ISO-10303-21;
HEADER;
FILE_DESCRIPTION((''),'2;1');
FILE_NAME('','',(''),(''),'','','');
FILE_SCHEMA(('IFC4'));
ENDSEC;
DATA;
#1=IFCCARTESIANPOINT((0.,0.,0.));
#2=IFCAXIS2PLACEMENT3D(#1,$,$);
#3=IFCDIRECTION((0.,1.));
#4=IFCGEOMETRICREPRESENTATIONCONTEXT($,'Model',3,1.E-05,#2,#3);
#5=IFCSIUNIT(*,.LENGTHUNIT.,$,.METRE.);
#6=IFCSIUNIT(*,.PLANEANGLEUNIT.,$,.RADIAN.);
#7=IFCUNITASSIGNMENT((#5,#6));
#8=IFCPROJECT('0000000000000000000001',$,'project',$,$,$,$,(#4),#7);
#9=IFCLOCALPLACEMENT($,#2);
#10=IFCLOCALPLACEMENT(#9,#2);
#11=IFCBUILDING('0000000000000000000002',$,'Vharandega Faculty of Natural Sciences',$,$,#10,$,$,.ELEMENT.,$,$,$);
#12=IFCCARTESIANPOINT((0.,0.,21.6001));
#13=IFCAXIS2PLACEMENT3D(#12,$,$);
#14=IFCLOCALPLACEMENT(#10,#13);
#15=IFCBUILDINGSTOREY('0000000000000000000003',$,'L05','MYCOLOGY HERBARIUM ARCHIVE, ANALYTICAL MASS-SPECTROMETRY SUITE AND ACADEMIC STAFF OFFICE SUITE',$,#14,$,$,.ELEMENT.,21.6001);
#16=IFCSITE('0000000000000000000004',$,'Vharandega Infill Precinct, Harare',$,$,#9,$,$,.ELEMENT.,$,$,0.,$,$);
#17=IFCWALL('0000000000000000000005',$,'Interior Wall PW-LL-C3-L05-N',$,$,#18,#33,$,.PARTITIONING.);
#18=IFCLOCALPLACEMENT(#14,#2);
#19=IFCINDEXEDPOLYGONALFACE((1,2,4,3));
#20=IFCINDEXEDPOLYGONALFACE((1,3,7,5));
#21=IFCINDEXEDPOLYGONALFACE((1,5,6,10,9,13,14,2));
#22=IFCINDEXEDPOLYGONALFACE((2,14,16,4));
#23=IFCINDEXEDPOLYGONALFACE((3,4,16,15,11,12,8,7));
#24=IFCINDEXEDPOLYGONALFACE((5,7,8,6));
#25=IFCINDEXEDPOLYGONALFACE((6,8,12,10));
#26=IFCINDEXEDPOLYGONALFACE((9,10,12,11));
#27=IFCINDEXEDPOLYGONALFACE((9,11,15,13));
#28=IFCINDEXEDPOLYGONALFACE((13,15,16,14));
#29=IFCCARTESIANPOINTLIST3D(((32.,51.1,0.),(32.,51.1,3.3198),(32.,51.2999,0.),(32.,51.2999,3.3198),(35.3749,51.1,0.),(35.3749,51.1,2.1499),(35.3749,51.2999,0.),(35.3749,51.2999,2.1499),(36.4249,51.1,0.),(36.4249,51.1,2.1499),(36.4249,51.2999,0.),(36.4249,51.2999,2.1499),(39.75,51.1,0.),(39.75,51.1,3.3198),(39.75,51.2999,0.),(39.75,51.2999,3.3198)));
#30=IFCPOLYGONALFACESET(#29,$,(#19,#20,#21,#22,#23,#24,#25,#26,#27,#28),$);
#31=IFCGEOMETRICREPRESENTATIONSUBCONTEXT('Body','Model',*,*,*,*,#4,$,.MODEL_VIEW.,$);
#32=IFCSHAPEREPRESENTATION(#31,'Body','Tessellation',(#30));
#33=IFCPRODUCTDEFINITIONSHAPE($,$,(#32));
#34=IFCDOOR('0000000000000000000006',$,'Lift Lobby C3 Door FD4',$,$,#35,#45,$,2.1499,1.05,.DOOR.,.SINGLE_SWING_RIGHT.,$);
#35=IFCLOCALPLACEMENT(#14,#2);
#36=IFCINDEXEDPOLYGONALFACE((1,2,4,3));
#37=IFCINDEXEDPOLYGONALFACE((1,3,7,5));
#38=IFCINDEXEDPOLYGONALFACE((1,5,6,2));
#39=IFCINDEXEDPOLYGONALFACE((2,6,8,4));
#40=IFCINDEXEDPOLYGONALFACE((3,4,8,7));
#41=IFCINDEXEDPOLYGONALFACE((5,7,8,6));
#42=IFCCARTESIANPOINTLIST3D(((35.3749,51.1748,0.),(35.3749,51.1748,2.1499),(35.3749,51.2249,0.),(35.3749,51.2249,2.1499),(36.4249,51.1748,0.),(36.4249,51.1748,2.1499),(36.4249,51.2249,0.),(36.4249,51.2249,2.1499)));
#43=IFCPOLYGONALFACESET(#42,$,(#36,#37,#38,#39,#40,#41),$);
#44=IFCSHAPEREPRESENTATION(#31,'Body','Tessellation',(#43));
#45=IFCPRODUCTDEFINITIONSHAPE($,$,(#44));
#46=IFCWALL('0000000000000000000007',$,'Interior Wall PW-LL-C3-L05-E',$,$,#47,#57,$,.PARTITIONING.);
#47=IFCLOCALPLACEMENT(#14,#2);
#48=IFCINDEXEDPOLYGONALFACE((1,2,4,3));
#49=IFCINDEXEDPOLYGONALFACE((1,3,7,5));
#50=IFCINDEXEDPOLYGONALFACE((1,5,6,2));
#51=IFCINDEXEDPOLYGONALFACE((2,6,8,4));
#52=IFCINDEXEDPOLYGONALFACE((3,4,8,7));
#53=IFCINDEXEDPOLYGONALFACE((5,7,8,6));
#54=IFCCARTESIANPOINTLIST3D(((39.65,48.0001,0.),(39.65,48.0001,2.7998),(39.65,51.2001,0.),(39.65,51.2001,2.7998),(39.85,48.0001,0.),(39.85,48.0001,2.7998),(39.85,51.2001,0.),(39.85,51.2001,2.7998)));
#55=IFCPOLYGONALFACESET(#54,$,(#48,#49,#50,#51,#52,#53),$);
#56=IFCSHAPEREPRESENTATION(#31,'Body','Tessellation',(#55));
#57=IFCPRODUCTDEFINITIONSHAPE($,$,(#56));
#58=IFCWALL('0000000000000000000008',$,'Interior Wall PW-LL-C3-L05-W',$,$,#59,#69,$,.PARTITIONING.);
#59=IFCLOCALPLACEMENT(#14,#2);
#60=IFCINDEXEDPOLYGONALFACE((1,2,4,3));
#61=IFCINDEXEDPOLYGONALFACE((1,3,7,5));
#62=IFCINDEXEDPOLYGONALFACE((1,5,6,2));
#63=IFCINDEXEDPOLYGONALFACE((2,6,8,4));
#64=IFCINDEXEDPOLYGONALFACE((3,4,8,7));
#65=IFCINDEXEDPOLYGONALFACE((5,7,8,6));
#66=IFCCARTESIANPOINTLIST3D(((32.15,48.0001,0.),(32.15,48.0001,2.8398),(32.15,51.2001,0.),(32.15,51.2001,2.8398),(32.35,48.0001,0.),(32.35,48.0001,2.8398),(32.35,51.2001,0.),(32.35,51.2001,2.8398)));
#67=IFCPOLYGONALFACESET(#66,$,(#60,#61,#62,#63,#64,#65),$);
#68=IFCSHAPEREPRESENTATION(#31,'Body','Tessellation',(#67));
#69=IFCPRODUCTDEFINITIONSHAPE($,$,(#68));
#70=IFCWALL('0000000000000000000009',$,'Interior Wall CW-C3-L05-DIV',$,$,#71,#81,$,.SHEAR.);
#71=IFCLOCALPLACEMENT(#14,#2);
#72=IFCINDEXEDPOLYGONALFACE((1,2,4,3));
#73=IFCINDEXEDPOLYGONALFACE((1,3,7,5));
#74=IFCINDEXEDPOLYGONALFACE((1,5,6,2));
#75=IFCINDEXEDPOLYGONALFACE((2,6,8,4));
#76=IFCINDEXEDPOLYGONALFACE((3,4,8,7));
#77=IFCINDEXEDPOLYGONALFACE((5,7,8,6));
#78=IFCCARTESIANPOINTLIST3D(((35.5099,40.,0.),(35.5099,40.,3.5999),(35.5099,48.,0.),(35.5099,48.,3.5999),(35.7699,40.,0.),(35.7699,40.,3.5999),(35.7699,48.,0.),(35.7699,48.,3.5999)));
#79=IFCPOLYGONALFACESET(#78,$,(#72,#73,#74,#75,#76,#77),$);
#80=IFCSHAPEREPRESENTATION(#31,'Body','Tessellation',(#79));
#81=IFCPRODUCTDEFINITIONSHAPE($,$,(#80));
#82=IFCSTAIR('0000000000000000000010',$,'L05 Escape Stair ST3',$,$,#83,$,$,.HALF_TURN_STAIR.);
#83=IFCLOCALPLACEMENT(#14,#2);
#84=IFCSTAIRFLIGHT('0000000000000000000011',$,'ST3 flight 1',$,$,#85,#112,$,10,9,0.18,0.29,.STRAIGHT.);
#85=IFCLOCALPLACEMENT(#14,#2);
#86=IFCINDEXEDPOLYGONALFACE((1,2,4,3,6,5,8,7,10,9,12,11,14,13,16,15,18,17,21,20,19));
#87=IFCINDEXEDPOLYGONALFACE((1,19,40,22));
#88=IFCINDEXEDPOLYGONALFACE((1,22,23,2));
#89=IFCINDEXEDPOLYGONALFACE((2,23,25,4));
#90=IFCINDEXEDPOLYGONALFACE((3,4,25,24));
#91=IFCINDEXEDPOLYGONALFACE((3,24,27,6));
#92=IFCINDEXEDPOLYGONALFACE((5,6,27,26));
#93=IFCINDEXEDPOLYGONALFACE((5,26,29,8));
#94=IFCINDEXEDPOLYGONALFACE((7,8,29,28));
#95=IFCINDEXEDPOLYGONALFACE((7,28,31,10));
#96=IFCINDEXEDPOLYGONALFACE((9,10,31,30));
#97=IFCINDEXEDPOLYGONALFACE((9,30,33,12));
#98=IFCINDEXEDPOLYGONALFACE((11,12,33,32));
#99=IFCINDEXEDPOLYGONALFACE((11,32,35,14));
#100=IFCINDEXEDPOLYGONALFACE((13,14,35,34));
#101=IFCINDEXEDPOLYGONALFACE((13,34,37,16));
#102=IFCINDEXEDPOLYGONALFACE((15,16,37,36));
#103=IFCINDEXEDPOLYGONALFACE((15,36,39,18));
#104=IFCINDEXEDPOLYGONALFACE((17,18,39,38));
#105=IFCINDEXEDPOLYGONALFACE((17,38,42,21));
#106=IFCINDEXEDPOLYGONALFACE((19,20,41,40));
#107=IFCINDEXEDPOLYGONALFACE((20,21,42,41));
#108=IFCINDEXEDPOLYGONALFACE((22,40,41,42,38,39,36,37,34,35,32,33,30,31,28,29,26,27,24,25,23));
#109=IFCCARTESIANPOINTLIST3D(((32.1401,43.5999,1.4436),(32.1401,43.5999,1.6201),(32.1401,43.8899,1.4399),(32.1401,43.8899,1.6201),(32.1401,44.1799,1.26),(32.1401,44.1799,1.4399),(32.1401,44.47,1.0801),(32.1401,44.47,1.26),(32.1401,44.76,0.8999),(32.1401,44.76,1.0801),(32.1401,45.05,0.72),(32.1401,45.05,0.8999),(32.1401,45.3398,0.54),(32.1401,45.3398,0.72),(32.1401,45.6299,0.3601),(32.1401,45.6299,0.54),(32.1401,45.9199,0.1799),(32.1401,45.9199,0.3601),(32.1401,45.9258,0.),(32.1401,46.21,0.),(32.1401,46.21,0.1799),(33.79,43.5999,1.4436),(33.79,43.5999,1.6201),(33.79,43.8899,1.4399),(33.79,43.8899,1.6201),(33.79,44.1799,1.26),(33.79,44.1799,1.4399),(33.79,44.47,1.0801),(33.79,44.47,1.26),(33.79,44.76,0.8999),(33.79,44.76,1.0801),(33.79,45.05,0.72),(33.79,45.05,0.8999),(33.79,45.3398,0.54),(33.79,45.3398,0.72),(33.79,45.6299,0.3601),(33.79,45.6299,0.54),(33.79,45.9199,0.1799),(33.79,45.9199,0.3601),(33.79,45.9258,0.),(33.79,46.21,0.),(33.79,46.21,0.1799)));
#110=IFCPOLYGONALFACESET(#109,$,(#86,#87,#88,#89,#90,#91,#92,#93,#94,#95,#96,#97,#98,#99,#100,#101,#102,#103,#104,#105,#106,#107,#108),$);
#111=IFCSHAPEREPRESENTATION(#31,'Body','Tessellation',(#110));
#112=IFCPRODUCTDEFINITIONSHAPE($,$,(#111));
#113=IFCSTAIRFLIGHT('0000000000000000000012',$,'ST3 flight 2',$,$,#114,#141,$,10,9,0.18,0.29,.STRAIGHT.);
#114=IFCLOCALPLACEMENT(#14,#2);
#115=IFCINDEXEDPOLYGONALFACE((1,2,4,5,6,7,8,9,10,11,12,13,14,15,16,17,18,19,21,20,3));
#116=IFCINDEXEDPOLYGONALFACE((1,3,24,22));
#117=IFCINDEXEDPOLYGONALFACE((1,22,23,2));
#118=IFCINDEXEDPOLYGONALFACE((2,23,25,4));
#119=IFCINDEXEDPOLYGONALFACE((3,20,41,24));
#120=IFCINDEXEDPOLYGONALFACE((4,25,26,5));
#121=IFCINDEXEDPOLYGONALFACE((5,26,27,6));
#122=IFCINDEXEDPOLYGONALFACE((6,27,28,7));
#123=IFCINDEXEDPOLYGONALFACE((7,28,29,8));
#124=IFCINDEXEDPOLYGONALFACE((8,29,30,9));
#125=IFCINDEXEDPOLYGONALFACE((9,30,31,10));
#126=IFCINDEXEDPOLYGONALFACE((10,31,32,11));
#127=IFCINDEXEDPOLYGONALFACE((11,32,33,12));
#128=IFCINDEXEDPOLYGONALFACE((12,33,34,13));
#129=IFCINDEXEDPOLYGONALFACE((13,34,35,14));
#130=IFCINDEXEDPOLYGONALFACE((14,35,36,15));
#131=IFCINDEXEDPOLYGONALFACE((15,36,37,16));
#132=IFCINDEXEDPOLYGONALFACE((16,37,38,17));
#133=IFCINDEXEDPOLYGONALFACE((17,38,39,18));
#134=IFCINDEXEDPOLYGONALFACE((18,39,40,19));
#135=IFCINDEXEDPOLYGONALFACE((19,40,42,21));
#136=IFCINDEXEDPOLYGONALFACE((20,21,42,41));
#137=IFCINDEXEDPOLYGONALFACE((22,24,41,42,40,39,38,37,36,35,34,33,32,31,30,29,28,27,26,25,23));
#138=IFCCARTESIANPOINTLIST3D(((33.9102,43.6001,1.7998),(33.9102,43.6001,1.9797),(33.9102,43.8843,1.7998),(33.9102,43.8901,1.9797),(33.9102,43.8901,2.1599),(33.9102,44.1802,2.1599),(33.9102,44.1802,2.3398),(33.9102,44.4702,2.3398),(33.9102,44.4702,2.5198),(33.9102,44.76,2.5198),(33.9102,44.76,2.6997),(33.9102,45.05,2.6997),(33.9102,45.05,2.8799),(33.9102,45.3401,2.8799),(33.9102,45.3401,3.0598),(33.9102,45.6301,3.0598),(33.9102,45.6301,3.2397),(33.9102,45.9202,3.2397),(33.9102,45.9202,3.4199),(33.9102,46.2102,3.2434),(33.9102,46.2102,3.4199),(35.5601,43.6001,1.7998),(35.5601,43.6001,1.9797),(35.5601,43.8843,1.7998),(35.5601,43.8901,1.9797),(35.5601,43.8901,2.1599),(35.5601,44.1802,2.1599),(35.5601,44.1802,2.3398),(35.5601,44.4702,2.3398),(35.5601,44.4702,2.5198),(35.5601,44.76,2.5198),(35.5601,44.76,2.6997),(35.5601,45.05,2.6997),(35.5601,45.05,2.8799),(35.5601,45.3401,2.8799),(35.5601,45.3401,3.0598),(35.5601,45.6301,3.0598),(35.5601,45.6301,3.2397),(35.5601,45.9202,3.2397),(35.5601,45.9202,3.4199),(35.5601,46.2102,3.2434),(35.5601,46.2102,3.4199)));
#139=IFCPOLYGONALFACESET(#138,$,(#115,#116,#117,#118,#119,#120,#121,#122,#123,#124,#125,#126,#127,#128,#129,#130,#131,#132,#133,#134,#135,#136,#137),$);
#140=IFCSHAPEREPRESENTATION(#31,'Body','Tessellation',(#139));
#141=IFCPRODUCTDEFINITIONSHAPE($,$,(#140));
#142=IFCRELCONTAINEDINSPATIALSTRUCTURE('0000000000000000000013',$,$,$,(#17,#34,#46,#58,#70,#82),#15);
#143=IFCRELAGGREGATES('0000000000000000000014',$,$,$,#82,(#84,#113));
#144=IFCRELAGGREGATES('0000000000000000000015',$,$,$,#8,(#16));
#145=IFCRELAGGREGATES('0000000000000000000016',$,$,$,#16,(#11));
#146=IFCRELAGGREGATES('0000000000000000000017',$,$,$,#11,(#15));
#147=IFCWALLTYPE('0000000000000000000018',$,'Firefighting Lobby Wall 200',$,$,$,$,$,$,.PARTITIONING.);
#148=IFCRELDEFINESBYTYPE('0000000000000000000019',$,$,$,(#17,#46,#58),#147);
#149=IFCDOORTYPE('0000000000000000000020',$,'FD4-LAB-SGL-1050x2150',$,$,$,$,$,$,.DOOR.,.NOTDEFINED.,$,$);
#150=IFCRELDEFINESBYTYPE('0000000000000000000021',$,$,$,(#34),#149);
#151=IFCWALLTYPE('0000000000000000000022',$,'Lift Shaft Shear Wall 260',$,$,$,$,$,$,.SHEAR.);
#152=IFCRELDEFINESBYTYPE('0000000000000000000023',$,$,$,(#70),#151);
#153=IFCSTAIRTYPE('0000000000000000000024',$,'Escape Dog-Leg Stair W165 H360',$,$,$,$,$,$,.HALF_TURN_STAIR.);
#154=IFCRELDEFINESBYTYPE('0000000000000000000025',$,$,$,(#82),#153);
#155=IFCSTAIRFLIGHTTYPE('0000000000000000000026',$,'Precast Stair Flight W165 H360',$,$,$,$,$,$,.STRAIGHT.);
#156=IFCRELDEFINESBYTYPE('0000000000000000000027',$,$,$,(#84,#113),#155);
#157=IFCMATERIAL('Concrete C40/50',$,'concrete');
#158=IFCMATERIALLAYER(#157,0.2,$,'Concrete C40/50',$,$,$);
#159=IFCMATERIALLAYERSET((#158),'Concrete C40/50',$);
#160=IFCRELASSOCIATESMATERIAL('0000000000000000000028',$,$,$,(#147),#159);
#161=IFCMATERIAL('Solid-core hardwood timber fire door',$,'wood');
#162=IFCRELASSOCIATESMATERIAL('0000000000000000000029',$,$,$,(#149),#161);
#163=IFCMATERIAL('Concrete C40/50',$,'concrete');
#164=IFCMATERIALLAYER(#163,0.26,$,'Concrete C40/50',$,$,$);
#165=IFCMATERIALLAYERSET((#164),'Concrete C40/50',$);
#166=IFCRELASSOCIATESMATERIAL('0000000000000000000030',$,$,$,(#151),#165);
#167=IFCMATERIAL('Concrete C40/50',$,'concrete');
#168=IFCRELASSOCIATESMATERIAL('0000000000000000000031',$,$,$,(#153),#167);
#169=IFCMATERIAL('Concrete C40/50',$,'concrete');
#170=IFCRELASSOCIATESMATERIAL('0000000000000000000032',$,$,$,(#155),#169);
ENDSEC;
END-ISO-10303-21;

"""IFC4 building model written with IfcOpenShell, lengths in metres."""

from ifc_helpers import new_model, si_unit, direction, frame, frame_2d, origin, place, context, subcontext, project, spatial, polyline, rectangle, outline, extrude, material, layer, layer_set, type_object, element, fill, aggregate, save


model = new_model("IFC4")

# Units and contexts
model_context = context("Model", 3, precision=1e-05, world=origin(), true_north=direction((0.0, 1.0)))
body_context = subcontext(model_context, "Body", "Model", "MODEL_VIEW")
ifc_project = project(units=[si_unit("LENGTHUNIT", "METRE"), si_unit("PLANEANGLEUNIT", "RADIAN")], contexts=[model_context])

# Site, building, storey
site_placement = place(None, origin())
site = spatial("IfcSite", under=ifc_project, at=site_placement, Name="Vharandega Infill Precinct, Harare", CompositionType="ELEMENT", RefElevation=0.0)
building_placement = place(site_placement, origin())
building = spatial("IfcBuilding", under=site, at=building_placement, Name="Vharandega Faculty of Natural Sciences", CompositionType="ELEMENT")
storey_placement = place(building_placement, frame((0.0, 0.0, 21.6001)))
storey = spatial("IfcBuildingStorey", under=building, at=storey_placement, Name="L05", Description="MYCOLOGY HERBARIUM ARCHIVE, ANALYTICAL MASS-SPECTROMETRY SUITE AND ACADEMIC STAFF OFFICE SUITE", CompositionType="ELEMENT", Elevation=21.6001)

# Wall, opening, door
ifc_material_1 = material(Name="Concrete C40/50", Category="concrete")
ifc_layer_1 = layer(ifc_material_1, 0.2, Name="Concrete C40/50")
ifc_layer_set_1 = layer_set([ifc_layer_1], Name="Concrete C40/50")
wall_type_1 = type_object("IfcWallType", Name="Firefighting Lobby Wall 200", PredefinedType="PARTITIONING", material=ifc_layer_set_1)
wall_1_placement = place(storey_placement, frame((32.0, 51.2, 0.0), z_axis=(0.0, 0.0, 1.0), x_axis=(1.0, 0.0, 0.0)))
wall_1 = element("IfcWall", 1, at=wall_1_placement, inside=storey, type_object=wall_type_1, Name="Interior Wall PW-LL-C3-L05-N", PredefinedType="PARTITIONING", context=body_context, shape_type="SweptSolid", body=[
    extrude(rectangle(XDim=7.75, YDim=0.2, at=frame_2d((3.875, 0.0))), origin(), (0.0, 0.0, 1.0), 3.3198),
])
opening_1_placement = place(wall_1_placement, frame((3.375, 0.0, 0.0)))
opening_1 = element("IfcOpeningElement", 2, at=opening_1_placement, cuts=wall_1, PredefinedType="OPENING", context=body_context, shape_type="SweptSolid", body=[
    extrude(rectangle(XDim=1.05, YDim=2.1499, at=frame_2d((0.5249, 1.075))), frame((0.0, 0.1099, 0.0), z_axis=(0.0, -1.0, 0.0), x_axis=(1.0, 0.0, 0.0)), (0.0, 0.0, 1.0), 0.22),
])
ifc_material_2 = material(Name="Solid-core hardwood timber fire door", Category="wood")
door_type_1 = type_object("IfcDoorType", Name="FD4-LAB-SGL-1050x2150", OperationType="NOTDEFINED", PredefinedType="DOOR", material=ifc_material_2)
door_1_placement = place(opening_1_placement, origin())
door_1 = element("IfcDoor", 3, at=door_1_placement, inside=storey, type_object=door_type_1, Name="Lift Lobby C3 Door FD4", OperationType="SINGLE_SWING_RIGHT", OverallHeight=2.1499, OverallWidth=1.05, PredefinedType="DOOR", context=body_context, shape_type="SweptSolid", body=[
    extrude(rectangle(XDim=1.05, YDim=2.1499, at=frame_2d((0.5249, 1.075))), frame((0.0, 0.0249, 0.0), z_axis=(0.0, -1.0, 0.0), x_axis=(1.0, 0.0, 0.0)), (0.0, 0.0, 1.0), 0.05),
])
fill(opening_1, door_1)

# Walls
wall_2_placement = place(storey_placement, frame((39.75, 48.0, 0.0), z_axis=(0.0, 0.0, 1.0), x_axis=(0.0, 1.0, 0.0)))
element("IfcWall", 4, at=wall_2_placement, inside=storey, type_object=wall_type_1, Name="Interior Wall PW-LL-C3-L05-E", PredefinedType="PARTITIONING", context=body_context, shape_type="SweptSolid", body=[
    extrude(rectangle(XDim=3.2, YDim=0.2, at=frame_2d((1.6001, 0.0))), origin(), (0.0, 0.0, 1.0), 2.7998),
])
wall_3_placement = place(storey_placement, frame((32.25, 48.0, 0.0), z_axis=(0.0, 0.0, 1.0), x_axis=(0.0, 1.0, 0.0)))
element("IfcWall", 5, at=wall_3_placement, inside=storey, type_object=wall_type_1, Name="Interior Wall PW-LL-C3-L05-W", PredefinedType="PARTITIONING", context=body_context, shape_type="SweptSolid", body=[
    extrude(rectangle(XDim=3.2, YDim=0.2, at=frame_2d((1.6001, 0.0))), origin(), (0.0, 0.0, 1.0), 2.8398),
])
ifc_material_3 = material(Name="Concrete C40/50", Category="concrete")
ifc_layer_2 = layer(ifc_material_3, 0.26, Name="Concrete C40/50")
ifc_layer_set_2 = layer_set([ifc_layer_2], Name="Concrete C40/50")
wall_type_2 = type_object("IfcWallType", Name="Lift Shaft Shear Wall 260", PredefinedType="SHEAR", material=ifc_layer_set_2)
wall_4_placement = place(storey_placement, frame((35.6399, 40.0, 0.0), z_axis=(0.0, 0.0, 1.0), x_axis=(0.0, 1.0, 0.0)))
element("IfcWall", 6, at=wall_4_placement, inside=storey, type_object=wall_type_2, Name="Interior Wall CW-C3-L05-DIV", PredefinedType="SHEAR", context=body_context, shape_type="SweptSolid", body=[
    extrude(rectangle(XDim=8.0, YDim=0.26, at=frame_2d((4.0, 0.0))), origin(), (0.0, 0.0, 1.0), 3.5999),
])

# Stair, stair flights
ifc_material_4 = material(Name="Concrete C40/50", Category="concrete")
stair_type = type_object("IfcStairType", Name="Escape Dog-Leg Stair W165 H360", PredefinedType="HALF_TURN_STAIR", material=ifc_material_4)
stair_placement = place(storey_placement, origin())
stair = element("IfcStair", 7, at=stair_placement, inside=storey, type_object=stair_type, Name="L05 Escape Stair ST3", PredefinedType="HALF_TURN_STAIR")
ifc_material_5 = material(Name="Concrete C40/50", Category="concrete")
stair_flight_type = type_object("IfcStairFlightType", Name="Precast Stair Flight W165 H360", PredefinedType="STRAIGHT", material=ifc_material_5)
stair_flight_1_placement = place(storey_placement, frame((32.9651, 46.21, 0.0), z_axis=(0.0, 0.0, 1.0), x_axis=(0.0, -1.0, 0.0)))
stair_flight_1 = element("IfcStairFlight", 8, at=stair_flight_1_placement, type_object=stair_flight_type, Name="ST3 flight 1", NumberOfRisers=10, NumberOfTreads=9, PredefinedType="STRAIGHT", RiserHeight=0.18, TreadLength=0.29, context=body_context, shape_type="SweptSolid", body=[
    extrude(outline(polyline([(0.0, 0.0), (0.0, 0.1799), (0.29, 0.1799), (0.29, 0.3601), (0.5801, 0.3601), (0.5801, 0.54), (0.8701, 0.54), (0.8701, 0.72), (1.1599, 0.72), (1.1599, 0.8999), (1.45, 0.8999), (1.45, 1.0801), (1.74, 1.0801), (1.74, 1.26), (2.03, 1.26), (2.03, 1.4399), (2.3201, 1.4399), (2.3201, 1.6201), (2.6101, 1.6201), (2.6101, 1.8), (2.6101, 1.4436), (0.2842, 0.0), (0.0, 0.0)])), frame((0.0, 0.825, 0.0), z_axis=(0.0, -1.0, 0.0), x_axis=(1.0, 0.0, 0.0)), (0.0, 0.0, 1.0), 1.6499),
])
stair_flight_2_placement = place(storey_placement, frame((34.7351, 43.6001, 1.7998), z_axis=(0.0, 0.0, 1.0), x_axis=(0.0, 1.0, 0.0)))
stair_flight_2 = element("IfcStairFlight", 9, at=stair_flight_2_placement, type_object=stair_flight_type, Name="ST3 flight 2", NumberOfRisers=10, NumberOfTreads=9, PredefinedType="STRAIGHT", RiserHeight=0.18, TreadLength=0.29, context=body_context, shape_type="SweptSolid", body=[
    extrude(outline(polyline([(0.0, 0.0), (0.0, 0.1799), (0.29, 0.1799), (0.29, 0.3601), (0.5801, 0.3601), (0.5801, 0.54), (0.8701, 0.54), (0.8701, 0.72), (1.1599, 0.72), (1.1599, 0.8999), (1.45, 0.8999), (1.45, 1.0801), (1.74, 1.0801), (1.74, 1.26), (2.03, 1.26), (2.03, 1.4399), (2.3201, 1.4399), (2.3201, 1.6201), (2.6101, 1.6201), (2.6101, 1.8), (2.6101, 1.4436), (0.2842, 0.0), (0.0, 0.0)])), frame((0.0, 0.825, 0.0), z_axis=(0.0, -1.0, 0.0), x_axis=(1.0, 0.0, 0.0)), (0.0, 0.0, 1.0), 1.6499),
])
aggregate(stair, [stair_flight_1, stair_flight_2])

save(model, "model.ifc")
